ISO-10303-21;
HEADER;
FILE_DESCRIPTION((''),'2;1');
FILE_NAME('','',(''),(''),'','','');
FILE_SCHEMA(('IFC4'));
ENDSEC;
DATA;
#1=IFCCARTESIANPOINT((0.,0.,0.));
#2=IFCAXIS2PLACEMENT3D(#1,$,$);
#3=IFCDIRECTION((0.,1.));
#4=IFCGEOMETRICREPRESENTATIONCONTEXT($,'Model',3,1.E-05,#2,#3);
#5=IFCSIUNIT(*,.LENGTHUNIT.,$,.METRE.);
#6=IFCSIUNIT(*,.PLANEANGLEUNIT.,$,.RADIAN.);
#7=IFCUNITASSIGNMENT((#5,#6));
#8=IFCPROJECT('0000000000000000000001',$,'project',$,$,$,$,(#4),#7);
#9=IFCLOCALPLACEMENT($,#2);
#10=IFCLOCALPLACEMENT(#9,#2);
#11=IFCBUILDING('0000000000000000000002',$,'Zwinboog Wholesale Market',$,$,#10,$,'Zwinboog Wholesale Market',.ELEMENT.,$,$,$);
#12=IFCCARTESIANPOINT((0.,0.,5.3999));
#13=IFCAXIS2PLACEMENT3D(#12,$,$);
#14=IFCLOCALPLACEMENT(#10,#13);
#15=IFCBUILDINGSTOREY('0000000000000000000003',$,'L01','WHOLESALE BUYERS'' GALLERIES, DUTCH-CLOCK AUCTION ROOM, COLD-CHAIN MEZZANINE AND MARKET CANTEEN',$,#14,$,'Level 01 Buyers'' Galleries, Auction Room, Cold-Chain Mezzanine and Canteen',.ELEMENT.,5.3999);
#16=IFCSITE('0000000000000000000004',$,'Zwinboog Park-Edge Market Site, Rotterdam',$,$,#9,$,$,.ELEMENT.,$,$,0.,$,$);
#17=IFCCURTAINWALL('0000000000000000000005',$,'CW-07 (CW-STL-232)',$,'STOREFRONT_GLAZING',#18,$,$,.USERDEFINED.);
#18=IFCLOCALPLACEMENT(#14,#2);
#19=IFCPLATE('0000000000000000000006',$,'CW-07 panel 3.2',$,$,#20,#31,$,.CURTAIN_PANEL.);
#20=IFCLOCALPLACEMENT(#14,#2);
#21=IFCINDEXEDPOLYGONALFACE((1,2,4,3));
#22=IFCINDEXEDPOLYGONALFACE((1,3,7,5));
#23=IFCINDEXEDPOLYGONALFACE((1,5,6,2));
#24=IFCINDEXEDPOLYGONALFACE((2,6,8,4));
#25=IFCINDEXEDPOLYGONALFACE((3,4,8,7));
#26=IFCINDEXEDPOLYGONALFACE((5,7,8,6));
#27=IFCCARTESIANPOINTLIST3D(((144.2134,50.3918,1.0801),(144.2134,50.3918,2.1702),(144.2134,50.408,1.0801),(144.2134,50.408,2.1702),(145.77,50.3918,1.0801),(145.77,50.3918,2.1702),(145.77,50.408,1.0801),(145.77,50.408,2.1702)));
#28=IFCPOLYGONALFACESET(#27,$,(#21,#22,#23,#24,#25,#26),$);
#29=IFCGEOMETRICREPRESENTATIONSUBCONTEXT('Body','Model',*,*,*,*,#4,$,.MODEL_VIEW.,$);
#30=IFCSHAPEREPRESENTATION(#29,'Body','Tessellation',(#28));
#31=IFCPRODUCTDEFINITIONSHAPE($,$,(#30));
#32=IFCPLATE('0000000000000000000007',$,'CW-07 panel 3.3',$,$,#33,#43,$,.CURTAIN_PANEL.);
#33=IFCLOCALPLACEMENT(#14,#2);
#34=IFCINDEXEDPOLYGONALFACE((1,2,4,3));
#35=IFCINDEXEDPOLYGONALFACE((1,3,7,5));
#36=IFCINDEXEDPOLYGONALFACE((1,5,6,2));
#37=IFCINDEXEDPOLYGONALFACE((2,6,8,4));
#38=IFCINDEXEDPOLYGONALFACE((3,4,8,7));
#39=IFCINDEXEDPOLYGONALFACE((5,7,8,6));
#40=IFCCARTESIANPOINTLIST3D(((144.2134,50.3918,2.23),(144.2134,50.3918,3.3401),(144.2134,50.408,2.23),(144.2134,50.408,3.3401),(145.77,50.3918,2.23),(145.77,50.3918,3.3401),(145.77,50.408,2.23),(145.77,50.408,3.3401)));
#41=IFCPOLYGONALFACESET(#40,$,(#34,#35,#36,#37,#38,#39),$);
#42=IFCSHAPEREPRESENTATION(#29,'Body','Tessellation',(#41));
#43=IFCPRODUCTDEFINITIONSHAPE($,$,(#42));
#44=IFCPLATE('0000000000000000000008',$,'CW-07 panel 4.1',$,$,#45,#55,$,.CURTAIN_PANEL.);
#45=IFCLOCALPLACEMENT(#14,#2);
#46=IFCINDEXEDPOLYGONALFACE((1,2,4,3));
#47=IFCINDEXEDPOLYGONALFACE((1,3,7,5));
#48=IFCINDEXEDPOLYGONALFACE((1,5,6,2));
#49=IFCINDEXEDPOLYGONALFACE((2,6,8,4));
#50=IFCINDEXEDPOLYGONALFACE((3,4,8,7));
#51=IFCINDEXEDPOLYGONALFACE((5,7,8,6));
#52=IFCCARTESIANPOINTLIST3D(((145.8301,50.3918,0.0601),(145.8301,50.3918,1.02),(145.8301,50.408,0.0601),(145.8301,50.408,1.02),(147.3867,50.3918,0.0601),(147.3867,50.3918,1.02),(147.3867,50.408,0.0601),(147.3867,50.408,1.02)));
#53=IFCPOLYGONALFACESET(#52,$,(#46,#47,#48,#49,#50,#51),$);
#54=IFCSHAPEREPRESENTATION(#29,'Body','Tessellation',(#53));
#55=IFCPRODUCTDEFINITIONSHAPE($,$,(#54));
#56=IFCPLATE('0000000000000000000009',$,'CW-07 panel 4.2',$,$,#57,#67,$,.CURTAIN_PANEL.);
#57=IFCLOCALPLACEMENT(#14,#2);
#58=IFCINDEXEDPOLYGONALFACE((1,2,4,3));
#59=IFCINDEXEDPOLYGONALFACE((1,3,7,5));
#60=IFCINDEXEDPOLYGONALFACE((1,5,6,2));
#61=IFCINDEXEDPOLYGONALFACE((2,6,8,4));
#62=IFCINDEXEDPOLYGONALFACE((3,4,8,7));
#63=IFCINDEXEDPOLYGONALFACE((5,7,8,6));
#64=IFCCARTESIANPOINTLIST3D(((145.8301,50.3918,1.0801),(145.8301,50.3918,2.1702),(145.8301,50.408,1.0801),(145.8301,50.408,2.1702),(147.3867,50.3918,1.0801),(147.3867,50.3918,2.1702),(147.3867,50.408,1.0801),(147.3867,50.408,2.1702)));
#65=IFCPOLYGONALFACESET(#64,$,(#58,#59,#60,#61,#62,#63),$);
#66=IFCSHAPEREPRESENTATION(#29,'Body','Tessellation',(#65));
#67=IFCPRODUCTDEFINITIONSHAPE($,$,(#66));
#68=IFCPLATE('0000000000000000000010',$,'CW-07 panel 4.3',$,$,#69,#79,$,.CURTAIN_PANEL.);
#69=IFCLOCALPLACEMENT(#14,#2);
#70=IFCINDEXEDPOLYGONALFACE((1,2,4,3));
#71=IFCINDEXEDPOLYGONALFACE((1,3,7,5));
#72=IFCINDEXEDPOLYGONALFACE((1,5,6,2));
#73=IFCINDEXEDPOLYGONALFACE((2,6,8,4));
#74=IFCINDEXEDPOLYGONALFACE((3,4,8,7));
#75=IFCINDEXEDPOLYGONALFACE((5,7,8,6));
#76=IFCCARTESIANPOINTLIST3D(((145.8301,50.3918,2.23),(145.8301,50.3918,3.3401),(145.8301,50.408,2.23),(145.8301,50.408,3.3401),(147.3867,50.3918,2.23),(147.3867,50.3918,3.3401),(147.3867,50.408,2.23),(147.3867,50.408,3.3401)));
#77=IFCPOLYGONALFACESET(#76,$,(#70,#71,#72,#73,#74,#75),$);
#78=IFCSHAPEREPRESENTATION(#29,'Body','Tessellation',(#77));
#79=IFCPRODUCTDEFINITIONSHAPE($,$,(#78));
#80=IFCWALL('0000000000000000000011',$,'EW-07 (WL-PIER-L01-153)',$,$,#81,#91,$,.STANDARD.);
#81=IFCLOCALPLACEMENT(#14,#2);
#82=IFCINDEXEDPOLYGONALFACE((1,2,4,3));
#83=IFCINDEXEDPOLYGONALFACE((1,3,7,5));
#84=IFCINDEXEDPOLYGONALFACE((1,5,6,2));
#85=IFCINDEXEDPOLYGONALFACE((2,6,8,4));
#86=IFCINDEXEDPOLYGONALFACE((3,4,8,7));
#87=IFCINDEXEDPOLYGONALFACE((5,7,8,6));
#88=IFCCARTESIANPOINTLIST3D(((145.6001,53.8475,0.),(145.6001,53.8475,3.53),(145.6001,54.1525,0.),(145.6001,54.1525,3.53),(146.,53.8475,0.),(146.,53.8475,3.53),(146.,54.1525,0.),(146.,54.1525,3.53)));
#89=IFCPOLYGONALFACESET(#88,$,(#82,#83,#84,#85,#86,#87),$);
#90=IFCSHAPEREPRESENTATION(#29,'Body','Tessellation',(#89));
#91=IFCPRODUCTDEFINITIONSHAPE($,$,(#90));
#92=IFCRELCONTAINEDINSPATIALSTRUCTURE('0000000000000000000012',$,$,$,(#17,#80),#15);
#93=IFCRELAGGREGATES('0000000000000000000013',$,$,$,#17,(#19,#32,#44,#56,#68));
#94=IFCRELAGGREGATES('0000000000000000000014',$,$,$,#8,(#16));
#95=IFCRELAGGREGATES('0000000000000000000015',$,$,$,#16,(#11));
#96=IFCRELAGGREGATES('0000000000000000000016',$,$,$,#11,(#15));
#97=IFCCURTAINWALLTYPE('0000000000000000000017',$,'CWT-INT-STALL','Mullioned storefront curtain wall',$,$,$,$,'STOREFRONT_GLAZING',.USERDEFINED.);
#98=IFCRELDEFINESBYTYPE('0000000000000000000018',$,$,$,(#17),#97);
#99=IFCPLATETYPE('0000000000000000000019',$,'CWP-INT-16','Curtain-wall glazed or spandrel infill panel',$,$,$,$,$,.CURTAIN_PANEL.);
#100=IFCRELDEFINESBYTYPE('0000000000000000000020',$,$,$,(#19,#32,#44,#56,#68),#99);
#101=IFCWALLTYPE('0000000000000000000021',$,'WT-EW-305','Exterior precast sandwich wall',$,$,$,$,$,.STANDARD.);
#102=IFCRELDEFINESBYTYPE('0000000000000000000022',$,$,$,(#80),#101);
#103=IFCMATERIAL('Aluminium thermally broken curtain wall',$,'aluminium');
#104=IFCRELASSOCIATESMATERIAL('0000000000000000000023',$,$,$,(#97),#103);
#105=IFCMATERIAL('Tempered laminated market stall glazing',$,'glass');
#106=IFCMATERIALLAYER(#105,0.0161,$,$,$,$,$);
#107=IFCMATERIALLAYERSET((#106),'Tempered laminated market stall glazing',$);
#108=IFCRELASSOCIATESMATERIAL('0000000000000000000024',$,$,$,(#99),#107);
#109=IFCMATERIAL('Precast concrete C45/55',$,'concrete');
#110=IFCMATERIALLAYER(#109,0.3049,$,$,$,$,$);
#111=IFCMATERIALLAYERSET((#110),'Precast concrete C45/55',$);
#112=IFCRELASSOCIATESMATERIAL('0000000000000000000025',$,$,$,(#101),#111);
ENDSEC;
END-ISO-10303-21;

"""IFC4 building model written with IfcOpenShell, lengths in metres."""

from ifc_helpers import new_model, si_unit, direction, frame, frame_2d, origin, origin_2d, place, context, subcontext, project, spatial, rectangle, extrude, material, layer, layer_set, type_object, element, aggregate, save


model = new_model("IFC4")

# Units and contexts
model_context = context("Model", 3, precision=1e-05, world=origin(), true_north=direction((0.0, 1.0)))
body_context = subcontext(model_context, "Body", "Model", "MODEL_VIEW")
ifc_project = project(units=[si_unit("LENGTHUNIT", "METRE"), si_unit("PLANEANGLEUNIT", "RADIAN")], contexts=[model_context])

# Site, building, storey
site_placement = place(None, origin())
site = spatial("IfcSite", under=ifc_project, at=site_placement, Name="Zwinboog Park-Edge Market Site, Rotterdam", CompositionType="ELEMENT", RefElevation=0.0)
building_placement = place(site_placement, origin())
building = spatial("IfcBuilding", under=site, at=building_placement, Name="Zwinboog Wholesale Market", LongName="Zwinboog Wholesale Market", CompositionType="ELEMENT")
storey_placement = place(building_placement, frame((0.0, 0.0, 5.3999)))
storey = spatial("IfcBuildingStorey", under=building, at=storey_placement, Name="L01", Description="WHOLESALE BUYERS' GALLERIES, DUTCH-CLOCK AUCTION ROOM, COLD-CHAIN MEZZANINE AND MARKET CANTEEN", LongName="Level 01 Buyers' Galleries, Auction Room, Cold-Chain Mezzanine and Canteen", CompositionType="ELEMENT", Elevation=5.3999)

# Shared definitions
ifc_material_1 = material(Name="Aluminium thermally broken curtain wall", Category="aluminium")

# Curtain wall
curtain_wall_type_1 = type_object("IfcCurtainWallType", Name="CWT-INT-STALL", Description="Mullioned storefront curtain wall", ElementType="STOREFRONT_GLAZING", PredefinedType="USERDEFINED", material=ifc_material_1)
curtain_wall_1_placement = place(storey_placement, origin())
curtain_wall_1 = element("IfcCurtainWall", 1, at=curtain_wall_1_placement, inside=storey, type_object=curtain_wall_type_1, Name="CW-07 (CW-STL-232)", ObjectType="STOREFRONT_GLAZING", PredefinedType="USERDEFINED")

# Plates
ifc_material_2 = material(Name="Tempered laminated market stall glazing", Category="glass")
ifc_layer_1 = layer(ifc_material_2, 0.0161)
ifc_layer_set_1 = layer_set([ifc_layer_1], Name="Tempered laminated market stall glazing")
plate_type_1 = type_object("IfcPlateType", Name="CWP-INT-16", Description="Curtain-wall glazed or spandrel infill panel", PredefinedType="CURTAIN_PANEL", material=ifc_layer_set_1)
plate_1_placement = place(storey_placement, frame((144.9917, 50.3999, 1.0801), z_axis=(0.0, 0.0, 1.0), x_axis=(1.0, 0.0, 0.0)))
plate_1 = element("IfcPlate", 2, at=plate_1_placement, type_object=plate_type_1, Name="CW-07 panel 3.2", PredefinedType="CURTAIN_PANEL", context=body_context, shape_type="SweptSolid", body=[
    extrude(rectangle(XDim=1.5566, YDim=0.0161, at=origin_2d()), origin(), (0.0, 0.0, 1.0), 1.0901),
])
plate_2_placement = place(storey_placement, frame((144.9917, 50.3999, 2.23), z_axis=(0.0, 0.0, 1.0), x_axis=(1.0, 0.0, 0.0)))
plate_2 = element("IfcPlate", 3, at=plate_2_placement, type_object=plate_type_1, Name="CW-07 panel 3.3", PredefinedType="CURTAIN_PANEL", context=body_context, shape_type="SweptSolid", body=[
    extrude(rectangle(XDim=1.5566, YDim=0.0161, at=origin_2d()), origin(), (0.0, 0.0, 1.0), 1.1101),
])
plate_3_placement = place(storey_placement, frame((146.6084, 50.3999, 0.0601), z_axis=(0.0, 0.0, 1.0), x_axis=(1.0, 0.0, 0.0)))
plate_3 = element("IfcPlate", 4, at=plate_3_placement, type_object=plate_type_1, Name="CW-07 panel 4.1", PredefinedType="CURTAIN_PANEL", context=body_context, shape_type="SweptSolid", body=[
    extrude(rectangle(XDim=1.5566, YDim=0.0161, at=origin_2d()), origin(), (0.0, 0.0, 1.0), 0.96),
])
plate_4_placement = place(storey_placement, frame((146.6084, 50.3999, 1.0801), z_axis=(0.0, 0.0, 1.0), x_axis=(1.0, 0.0, 0.0)))
plate_4 = element("IfcPlate", 5, at=plate_4_placement, type_object=plate_type_1, Name="CW-07 panel 4.2", PredefinedType="CURTAIN_PANEL", context=body_context, shape_type="SweptSolid", body=[
    extrude(rectangle(XDim=1.5566, YDim=0.0161, at=origin_2d()), origin(), (0.0, 0.0, 1.0), 1.0901),
])
plate_5_placement = place(storey_placement, frame((146.6084, 50.3999, 2.23), z_axis=(0.0, 0.0, 1.0), x_axis=(1.0, 0.0, 0.0)))
plate_5 = element("IfcPlate", 6, at=plate_5_placement, type_object=plate_type_1, Name="CW-07 panel 4.3", PredefinedType="CURTAIN_PANEL", context=body_context, shape_type="SweptSolid", body=[
    extrude(rectangle(XDim=1.5566, YDim=0.0161, at=origin_2d()), origin(), (0.0, 0.0, 1.0), 1.1101),
])
aggregate(curtain_wall_1, [plate_1, plate_2, plate_3, plate_4, plate_5])

# Wall
ifc_material_3 = material(Name="Precast concrete C45/55", Category="concrete")
ifc_layer_2 = layer(ifc_material_3, 0.3049)
ifc_layer_set_2 = layer_set([ifc_layer_2], Name="Precast concrete C45/55")
wall_type = type_object("IfcWallType", Name="WT-EW-305", Description="Exterior precast sandwich wall", PredefinedType="STANDARD", material=ifc_layer_set_2)
wall_placement = place(storey_placement, frame((145.6001, 54.0, 0.0), z_axis=(0.0, 0.0, 1.0), x_axis=(1.0, 0.0, 0.0)))
element("IfcWall", 7, at=wall_placement, inside=storey, type_object=wall_type, Name="EW-07 (WL-PIER-L01-153)", PredefinedType="STANDARD", context=body_context, shape_type="SweptSolid", body=[
    extrude(rectangle(XDim=0.3999, YDim=0.3049, at=frame_2d((0.2, 0.0))), origin(), (0.0, 0.0, 1.0), 3.53),
])

save(model, "model.ifc")
